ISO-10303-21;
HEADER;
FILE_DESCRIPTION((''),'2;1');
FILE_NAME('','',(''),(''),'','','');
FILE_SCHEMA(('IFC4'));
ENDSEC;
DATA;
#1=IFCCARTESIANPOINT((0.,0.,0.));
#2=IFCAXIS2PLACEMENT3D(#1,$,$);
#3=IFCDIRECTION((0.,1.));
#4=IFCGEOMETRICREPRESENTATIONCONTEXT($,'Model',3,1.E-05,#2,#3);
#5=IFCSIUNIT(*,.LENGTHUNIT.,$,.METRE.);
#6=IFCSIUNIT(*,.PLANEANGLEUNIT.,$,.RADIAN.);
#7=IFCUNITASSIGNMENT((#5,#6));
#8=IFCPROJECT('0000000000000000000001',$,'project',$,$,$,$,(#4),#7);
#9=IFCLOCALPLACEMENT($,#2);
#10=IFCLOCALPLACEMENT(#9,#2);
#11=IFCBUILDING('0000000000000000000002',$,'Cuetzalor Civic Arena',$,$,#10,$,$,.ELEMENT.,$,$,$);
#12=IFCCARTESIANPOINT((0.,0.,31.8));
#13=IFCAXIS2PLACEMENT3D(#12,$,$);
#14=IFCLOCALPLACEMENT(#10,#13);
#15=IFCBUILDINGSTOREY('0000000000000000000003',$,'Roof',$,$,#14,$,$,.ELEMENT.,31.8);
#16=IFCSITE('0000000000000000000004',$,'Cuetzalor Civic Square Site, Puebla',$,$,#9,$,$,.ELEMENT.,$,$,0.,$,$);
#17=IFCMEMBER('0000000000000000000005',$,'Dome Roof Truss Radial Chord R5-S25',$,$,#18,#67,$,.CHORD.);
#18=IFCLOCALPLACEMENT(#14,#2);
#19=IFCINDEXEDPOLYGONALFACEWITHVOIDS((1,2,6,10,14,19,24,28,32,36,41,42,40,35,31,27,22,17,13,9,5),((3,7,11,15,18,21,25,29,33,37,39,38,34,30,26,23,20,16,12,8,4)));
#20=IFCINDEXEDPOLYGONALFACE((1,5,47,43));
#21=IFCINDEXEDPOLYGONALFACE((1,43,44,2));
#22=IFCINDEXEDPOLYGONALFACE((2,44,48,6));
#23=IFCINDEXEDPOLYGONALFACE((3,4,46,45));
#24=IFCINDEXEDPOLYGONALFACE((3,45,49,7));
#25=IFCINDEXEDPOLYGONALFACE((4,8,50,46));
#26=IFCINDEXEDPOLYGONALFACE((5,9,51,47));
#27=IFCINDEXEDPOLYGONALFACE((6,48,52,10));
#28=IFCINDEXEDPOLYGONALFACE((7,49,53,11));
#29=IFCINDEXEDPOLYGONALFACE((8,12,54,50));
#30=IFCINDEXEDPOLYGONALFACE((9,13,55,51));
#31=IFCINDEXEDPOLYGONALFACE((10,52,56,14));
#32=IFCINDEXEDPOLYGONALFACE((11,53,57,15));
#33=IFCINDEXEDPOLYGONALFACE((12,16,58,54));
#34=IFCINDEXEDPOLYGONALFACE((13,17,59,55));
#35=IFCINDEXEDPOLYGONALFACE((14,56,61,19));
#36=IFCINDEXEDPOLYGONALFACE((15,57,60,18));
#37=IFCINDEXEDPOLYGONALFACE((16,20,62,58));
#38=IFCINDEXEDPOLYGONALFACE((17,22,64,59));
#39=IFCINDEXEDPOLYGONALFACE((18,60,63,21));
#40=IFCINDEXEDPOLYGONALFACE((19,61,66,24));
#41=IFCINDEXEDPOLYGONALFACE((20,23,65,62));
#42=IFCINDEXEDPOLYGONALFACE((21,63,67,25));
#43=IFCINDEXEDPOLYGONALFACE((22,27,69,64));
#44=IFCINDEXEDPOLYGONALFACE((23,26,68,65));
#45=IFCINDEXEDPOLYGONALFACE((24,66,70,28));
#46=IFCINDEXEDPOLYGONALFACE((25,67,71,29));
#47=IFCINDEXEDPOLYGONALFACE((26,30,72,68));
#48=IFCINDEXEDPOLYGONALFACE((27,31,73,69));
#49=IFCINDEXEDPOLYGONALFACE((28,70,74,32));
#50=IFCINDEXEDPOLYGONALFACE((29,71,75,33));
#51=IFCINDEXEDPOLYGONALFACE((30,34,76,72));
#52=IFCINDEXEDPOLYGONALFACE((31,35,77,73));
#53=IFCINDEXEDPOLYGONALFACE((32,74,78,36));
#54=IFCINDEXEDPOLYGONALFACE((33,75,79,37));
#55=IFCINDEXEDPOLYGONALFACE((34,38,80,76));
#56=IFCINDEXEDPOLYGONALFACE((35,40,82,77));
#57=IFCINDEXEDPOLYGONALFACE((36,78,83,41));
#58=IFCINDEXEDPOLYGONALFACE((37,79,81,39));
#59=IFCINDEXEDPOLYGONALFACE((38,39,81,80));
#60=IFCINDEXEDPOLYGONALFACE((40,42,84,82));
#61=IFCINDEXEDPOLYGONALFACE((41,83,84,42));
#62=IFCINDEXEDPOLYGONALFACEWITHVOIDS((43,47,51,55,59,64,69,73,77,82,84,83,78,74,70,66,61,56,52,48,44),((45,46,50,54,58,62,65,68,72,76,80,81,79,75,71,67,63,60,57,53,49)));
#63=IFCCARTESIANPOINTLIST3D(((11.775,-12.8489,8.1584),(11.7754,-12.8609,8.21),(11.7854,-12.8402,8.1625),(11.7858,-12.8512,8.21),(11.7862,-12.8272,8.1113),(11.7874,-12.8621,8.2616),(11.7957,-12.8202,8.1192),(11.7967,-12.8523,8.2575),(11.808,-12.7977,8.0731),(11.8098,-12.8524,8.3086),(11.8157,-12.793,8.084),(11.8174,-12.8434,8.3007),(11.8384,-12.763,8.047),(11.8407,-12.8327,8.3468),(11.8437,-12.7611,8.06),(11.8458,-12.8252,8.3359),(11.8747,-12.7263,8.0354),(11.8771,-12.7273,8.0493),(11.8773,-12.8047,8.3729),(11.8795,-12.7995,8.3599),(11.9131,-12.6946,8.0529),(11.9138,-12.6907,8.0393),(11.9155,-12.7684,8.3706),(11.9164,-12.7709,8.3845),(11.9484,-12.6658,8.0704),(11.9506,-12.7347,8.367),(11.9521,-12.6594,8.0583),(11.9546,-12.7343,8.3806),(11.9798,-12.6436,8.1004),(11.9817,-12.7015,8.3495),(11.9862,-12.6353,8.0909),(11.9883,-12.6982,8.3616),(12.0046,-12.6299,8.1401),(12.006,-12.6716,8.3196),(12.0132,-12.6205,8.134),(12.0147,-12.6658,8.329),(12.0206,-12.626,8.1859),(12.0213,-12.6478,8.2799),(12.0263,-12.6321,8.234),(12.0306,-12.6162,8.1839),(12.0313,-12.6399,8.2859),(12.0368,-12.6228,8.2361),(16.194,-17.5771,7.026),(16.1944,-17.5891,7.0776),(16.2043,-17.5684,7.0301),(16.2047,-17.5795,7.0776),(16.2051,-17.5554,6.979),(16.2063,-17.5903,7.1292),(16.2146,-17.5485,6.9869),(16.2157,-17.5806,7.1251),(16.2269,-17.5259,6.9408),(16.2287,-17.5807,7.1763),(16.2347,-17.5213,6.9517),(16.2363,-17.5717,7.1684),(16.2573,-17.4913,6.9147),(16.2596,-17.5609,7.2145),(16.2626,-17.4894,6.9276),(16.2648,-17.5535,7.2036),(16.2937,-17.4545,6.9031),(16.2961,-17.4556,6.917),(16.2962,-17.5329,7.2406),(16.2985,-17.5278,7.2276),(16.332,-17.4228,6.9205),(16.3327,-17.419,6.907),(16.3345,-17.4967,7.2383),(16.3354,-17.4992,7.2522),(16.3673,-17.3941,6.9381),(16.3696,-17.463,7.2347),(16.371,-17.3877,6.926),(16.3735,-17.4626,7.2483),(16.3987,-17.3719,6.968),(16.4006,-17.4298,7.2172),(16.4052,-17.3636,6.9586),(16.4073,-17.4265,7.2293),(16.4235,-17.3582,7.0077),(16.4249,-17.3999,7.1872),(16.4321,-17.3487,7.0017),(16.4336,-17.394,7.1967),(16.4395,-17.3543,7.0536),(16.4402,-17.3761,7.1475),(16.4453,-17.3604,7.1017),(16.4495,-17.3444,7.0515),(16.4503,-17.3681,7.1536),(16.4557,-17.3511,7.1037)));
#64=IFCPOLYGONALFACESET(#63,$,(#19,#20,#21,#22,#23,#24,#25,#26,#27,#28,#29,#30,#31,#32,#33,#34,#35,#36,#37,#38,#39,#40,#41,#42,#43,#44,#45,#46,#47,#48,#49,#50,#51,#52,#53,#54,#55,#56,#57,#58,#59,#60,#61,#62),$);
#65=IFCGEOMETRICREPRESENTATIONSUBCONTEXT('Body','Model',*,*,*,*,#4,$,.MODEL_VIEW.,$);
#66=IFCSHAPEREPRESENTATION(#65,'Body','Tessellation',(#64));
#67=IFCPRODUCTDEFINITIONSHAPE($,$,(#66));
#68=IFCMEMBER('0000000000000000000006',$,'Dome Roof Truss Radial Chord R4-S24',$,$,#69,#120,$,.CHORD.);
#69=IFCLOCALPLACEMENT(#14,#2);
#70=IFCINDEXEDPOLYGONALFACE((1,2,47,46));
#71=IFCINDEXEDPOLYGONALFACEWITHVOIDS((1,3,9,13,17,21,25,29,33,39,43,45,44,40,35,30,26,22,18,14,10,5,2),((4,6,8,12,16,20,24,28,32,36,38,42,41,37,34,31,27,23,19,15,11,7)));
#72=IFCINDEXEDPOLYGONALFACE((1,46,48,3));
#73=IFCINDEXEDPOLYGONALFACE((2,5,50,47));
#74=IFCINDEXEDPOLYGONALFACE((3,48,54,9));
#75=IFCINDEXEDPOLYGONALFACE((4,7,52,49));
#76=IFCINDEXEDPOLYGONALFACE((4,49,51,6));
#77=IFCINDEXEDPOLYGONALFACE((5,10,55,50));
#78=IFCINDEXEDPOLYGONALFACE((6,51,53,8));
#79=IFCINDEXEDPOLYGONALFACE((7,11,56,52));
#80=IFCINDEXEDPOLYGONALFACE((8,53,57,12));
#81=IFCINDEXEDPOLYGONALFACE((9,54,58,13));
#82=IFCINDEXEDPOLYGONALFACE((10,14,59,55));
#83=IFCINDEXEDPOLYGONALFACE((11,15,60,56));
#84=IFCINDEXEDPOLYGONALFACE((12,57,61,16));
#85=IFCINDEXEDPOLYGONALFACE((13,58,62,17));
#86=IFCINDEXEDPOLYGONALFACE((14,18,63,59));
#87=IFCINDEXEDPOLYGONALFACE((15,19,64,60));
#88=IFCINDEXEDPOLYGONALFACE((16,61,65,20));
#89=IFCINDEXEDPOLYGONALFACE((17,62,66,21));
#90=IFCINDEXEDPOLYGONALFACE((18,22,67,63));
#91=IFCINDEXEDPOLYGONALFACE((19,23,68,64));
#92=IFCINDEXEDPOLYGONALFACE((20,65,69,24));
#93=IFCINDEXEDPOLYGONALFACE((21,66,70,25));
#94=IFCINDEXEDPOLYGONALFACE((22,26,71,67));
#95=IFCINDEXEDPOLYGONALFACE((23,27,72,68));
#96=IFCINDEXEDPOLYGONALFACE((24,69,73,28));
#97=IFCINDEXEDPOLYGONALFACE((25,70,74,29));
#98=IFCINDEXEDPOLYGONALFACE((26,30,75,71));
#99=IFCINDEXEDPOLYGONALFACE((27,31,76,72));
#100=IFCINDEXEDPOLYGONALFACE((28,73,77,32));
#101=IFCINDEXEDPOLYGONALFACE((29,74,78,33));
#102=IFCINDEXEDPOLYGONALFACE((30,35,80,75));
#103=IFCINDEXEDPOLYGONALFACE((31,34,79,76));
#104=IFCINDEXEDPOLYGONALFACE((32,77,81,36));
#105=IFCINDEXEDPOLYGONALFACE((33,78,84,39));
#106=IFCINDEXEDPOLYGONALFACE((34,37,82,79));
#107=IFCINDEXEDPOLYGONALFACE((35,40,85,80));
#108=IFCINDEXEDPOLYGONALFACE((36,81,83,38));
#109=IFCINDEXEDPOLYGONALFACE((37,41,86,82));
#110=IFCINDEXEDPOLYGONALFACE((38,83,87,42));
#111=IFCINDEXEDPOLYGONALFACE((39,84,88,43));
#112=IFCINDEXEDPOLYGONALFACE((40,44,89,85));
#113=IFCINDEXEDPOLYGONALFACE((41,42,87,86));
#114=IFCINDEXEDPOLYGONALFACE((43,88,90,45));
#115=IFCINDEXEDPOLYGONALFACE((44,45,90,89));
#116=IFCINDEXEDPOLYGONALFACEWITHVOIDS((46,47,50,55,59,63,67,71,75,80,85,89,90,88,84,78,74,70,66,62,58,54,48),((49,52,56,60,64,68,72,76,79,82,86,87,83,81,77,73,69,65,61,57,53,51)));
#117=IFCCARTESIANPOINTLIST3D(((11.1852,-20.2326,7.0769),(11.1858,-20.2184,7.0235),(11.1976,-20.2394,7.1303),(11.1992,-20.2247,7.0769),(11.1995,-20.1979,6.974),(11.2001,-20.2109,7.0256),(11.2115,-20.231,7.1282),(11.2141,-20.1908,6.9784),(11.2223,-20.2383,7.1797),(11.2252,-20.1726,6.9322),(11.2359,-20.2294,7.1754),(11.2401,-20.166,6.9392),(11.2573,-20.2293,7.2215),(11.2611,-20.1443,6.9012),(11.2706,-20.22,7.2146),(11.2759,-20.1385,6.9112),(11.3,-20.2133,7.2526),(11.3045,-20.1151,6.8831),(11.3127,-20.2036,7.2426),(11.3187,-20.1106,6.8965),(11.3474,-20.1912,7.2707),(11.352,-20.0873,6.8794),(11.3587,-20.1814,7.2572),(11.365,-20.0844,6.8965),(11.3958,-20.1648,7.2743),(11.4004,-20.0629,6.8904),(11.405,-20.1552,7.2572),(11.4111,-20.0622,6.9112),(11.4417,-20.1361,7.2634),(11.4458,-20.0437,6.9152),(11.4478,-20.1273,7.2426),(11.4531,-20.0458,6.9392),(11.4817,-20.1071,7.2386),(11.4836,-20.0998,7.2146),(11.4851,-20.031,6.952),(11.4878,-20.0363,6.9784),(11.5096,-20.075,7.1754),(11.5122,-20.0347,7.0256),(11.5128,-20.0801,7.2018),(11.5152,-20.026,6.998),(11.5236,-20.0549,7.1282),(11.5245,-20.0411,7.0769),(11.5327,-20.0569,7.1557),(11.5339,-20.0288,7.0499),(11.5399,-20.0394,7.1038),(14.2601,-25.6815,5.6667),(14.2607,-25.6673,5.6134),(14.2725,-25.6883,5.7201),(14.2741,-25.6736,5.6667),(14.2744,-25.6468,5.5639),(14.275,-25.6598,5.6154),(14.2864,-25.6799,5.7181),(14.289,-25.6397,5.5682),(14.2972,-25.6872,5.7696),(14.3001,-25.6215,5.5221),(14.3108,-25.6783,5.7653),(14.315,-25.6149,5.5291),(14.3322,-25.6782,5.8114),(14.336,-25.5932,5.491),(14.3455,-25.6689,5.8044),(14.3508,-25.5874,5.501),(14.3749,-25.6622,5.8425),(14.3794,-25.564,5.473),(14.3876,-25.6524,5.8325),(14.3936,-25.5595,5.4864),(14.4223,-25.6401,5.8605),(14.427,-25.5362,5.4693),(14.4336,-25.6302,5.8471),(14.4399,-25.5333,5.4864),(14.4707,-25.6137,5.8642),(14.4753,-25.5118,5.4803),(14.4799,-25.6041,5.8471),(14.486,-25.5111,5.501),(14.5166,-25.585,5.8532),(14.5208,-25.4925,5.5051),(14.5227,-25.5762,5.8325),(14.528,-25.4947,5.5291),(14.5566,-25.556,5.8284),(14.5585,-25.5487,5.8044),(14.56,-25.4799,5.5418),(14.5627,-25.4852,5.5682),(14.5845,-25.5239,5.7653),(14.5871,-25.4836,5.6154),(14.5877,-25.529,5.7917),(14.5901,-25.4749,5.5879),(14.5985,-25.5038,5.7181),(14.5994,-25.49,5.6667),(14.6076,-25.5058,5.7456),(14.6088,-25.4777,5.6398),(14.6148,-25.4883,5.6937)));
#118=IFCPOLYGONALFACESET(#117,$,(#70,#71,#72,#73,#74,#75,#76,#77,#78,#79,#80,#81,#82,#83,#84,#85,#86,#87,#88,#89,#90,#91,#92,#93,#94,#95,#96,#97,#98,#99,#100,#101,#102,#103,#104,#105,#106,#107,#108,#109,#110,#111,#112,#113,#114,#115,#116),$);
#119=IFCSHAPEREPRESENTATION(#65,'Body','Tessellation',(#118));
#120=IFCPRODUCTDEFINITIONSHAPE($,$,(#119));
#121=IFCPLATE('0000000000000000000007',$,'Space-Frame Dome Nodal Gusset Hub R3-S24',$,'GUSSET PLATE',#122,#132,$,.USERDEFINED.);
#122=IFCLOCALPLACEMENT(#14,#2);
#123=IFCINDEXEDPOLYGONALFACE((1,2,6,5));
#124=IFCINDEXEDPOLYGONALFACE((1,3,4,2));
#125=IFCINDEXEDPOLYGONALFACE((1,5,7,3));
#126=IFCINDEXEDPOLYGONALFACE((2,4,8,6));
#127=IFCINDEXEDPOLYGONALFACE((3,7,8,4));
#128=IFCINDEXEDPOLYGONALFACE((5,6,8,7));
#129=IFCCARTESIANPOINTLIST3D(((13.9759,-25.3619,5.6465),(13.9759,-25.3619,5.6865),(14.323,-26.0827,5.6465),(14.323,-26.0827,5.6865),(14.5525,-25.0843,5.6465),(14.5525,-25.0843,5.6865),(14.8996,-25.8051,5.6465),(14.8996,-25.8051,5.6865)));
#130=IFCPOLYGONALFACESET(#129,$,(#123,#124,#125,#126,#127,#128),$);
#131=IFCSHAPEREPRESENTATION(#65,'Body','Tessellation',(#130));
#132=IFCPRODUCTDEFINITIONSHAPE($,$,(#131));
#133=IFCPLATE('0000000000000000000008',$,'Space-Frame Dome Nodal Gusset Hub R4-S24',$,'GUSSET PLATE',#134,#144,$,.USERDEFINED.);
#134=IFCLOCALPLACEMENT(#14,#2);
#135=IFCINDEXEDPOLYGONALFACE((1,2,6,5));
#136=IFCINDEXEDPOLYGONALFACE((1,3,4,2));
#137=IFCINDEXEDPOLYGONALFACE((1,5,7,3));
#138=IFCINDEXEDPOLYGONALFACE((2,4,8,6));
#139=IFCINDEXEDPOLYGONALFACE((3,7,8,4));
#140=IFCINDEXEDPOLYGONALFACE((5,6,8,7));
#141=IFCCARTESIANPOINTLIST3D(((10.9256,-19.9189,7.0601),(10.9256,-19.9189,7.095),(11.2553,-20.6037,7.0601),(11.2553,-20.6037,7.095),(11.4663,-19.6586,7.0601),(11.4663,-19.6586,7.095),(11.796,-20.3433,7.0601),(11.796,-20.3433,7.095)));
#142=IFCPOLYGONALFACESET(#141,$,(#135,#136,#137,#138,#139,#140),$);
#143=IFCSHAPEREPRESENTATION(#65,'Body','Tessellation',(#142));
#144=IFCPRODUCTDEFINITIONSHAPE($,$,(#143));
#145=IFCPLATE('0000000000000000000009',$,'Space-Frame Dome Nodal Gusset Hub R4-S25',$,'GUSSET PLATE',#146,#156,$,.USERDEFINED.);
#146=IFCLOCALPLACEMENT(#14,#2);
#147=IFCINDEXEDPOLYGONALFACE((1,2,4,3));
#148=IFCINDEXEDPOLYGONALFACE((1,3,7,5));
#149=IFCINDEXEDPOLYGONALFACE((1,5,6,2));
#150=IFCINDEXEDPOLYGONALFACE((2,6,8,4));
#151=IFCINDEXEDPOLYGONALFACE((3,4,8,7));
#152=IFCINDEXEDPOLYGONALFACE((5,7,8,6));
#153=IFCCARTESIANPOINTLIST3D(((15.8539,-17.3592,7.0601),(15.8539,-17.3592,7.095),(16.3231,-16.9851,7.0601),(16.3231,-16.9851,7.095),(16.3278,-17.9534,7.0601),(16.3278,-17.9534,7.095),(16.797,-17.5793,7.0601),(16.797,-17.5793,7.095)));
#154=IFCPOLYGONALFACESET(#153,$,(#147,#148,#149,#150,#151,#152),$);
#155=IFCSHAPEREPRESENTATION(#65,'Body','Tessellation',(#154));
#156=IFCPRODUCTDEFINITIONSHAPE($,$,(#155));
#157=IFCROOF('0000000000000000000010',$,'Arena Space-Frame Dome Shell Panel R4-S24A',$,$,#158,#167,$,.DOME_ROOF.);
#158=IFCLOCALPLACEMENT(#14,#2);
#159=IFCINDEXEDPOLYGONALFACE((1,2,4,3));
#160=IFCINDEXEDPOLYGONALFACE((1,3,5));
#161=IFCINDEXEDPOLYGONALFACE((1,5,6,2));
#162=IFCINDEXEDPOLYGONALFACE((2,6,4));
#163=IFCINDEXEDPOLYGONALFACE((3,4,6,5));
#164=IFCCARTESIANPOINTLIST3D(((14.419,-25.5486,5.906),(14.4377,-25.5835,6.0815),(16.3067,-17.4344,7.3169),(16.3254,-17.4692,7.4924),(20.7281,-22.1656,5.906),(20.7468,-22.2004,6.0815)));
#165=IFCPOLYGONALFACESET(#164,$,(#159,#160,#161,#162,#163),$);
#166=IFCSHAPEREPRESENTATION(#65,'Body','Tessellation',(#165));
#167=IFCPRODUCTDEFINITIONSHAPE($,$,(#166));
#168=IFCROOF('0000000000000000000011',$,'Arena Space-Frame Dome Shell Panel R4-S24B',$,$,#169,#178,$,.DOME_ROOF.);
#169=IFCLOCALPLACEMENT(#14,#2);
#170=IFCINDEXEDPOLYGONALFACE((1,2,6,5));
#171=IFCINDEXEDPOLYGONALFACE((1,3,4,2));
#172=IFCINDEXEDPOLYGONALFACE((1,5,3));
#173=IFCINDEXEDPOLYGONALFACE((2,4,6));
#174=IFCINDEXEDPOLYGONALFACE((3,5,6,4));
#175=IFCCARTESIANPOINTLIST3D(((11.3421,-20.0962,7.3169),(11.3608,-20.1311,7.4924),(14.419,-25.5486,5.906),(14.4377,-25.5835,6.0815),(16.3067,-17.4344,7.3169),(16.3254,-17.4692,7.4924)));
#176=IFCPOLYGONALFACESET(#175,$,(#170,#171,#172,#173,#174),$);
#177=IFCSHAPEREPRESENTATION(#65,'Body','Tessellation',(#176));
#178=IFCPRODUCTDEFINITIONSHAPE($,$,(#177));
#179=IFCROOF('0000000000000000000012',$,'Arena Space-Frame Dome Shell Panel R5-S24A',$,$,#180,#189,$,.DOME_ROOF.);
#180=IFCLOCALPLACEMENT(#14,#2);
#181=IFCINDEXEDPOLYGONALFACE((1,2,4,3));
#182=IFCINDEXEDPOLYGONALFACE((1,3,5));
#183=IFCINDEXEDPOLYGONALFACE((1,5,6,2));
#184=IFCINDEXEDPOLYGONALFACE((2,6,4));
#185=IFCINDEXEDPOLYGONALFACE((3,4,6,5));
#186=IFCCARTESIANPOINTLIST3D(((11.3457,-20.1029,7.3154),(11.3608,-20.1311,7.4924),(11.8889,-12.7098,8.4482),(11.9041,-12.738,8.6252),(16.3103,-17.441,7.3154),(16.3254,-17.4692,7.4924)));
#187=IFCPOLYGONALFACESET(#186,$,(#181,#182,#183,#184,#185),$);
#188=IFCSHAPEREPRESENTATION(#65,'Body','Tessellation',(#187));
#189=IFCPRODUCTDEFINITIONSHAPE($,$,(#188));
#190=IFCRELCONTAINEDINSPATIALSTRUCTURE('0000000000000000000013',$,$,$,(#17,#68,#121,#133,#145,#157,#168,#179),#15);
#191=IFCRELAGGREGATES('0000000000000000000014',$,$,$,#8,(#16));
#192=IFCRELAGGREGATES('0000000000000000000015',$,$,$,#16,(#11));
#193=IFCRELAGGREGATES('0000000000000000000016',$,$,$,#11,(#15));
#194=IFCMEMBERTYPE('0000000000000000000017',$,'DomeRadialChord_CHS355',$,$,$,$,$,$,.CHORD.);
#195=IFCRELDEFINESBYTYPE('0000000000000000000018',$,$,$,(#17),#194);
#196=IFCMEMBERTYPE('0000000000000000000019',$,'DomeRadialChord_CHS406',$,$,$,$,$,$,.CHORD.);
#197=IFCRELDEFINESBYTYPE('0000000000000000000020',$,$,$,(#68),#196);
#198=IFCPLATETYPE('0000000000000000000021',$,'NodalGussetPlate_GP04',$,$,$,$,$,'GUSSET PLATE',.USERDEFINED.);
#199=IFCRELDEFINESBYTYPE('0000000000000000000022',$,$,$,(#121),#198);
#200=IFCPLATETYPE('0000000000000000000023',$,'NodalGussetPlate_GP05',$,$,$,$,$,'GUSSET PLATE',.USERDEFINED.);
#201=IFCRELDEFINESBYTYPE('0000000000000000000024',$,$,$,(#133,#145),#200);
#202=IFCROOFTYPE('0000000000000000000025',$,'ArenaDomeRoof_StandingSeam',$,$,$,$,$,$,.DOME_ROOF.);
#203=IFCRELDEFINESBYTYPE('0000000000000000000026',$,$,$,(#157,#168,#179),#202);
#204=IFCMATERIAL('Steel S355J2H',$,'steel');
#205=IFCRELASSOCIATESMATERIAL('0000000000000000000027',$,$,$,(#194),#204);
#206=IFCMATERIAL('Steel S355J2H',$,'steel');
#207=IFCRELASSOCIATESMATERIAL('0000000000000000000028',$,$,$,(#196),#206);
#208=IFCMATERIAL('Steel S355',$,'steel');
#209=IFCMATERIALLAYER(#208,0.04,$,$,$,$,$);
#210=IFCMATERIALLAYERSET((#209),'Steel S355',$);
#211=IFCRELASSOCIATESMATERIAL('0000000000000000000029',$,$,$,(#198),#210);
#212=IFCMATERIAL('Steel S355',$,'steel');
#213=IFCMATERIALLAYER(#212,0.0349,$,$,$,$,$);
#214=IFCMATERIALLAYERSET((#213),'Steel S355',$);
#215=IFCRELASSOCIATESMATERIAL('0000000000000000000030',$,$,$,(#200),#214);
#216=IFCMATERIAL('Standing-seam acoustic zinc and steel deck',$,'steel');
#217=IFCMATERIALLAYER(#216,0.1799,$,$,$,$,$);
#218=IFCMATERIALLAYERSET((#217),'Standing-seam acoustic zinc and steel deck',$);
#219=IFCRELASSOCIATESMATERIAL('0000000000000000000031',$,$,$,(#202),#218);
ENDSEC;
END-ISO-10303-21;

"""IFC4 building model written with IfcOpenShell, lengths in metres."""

from ifc_helpers import new_model, si_unit, direction, frame, origin, origin_2d, place, context, subcontext, project, spatial, polyline, rectangle, hollow_circle, outline, extrude, material, layer, layer_set, material_profile, profile_set, type_object, element, save


model = new_model("IFC4")

# Units and contexts
model_context = context("Model", 3, precision=1e-05, world=origin(), true_north=direction((0.0, 1.0)))
body_context = subcontext(model_context, "Body", "Model", "MODEL_VIEW")
ifc_project = project(units=[si_unit("LENGTHUNIT", "METRE"), si_unit("PLANEANGLEUNIT", "RADIAN")], contexts=[model_context])

# Site, building, storey
site_placement = place(None, origin())
site = spatial("IfcSite", under=ifc_project, at=site_placement, Name="Cuetzalor Civic Square Site, Puebla", CompositionType="ELEMENT", RefElevation=0.0)
building_placement = place(site_placement, origin())
building = spatial("IfcBuilding", under=site, at=building_placement, Name="Cuetzalor Civic Arena", CompositionType="ELEMENT")
storey_placement = place(building_placement, frame((0.0, 0.0, 31.8)))
storey = spatial("IfcBuildingStorey", under=building, at=storey_placement, Name="Roof", CompositionType="ELEMENT", Elevation=31.8)

# Members
ifc_material_1 = material(Name="Steel S355J2H", Category="steel")
ifc_material_profile_1 = material_profile(ifc_material_1, hollow_circle(Radius=0.1777, WallThickness=0.0142, at=origin_2d()), Name="CHS 355.6x14.2")
ifc_profile_set_1 = profile_set([ifc_material_profile_1], Name="Steel S355J2H")
member_type_1 = type_object("IfcMemberType", Name="DomeRadialChord_CHS355", PredefinedType="CHORD", material=ifc_profile_set_1)
member_1_placement = place(storey_placement, frame((16.3242, -17.4678, 7.0776), z_axis=(-0.672588, 0.719669, 0.172346), x_axis=(-0.730601, -0.682805, 0.0)))
element("IfcMember", 1, at=member_1_placement, inside=storey, type_object=member_type_1, Name="Dome Roof Truss Radial Chord R5-S25", PredefinedType="CHORD", context=body_context, shape_type="SweptSolid", body=[
    extrude(hollow_circle(Radius=0.1777, WallThickness=0.0142, at=origin_2d()), origin(), (0.0, 0.0, 1.0), 6.5701),
])
ifc_material_2 = material(Name="Steel S355J2H", Category="steel")
ifc_material_profile_2 = material_profile(ifc_material_2, hollow_circle(Radius=0.2029, WallThickness=0.0161, at=origin_2d()), Name="CHS 406x16")
ifc_profile_set_2 = profile_set([ifc_material_profile_2], Name="Steel S355J2H")
member_type_2 = type_object("IfcMemberType", Name="DomeRadialChord_CHS406", PredefinedType="CHORD", material=ifc_profile_set_2)
member_2_placement = place(storey_placement, frame((14.4368, -25.5818, 5.6667), z_axis=(-0.479437, 0.849587, 0.219867), x_axis=(-0.870898, -0.491463, 0.0)))
element("IfcMember", 2, at=member_2_placement, inside=storey, type_object=member_type_2, Name="Dome Roof Truss Radial Chord R4-S24", PredefinedType="CHORD", context=body_context, shape_type="SweptSolid", body=[
    extrude(hollow_circle(Radius=0.2029, WallThickness=0.0161, at=origin_2d()), origin(), (0.0, 0.0, 1.0), 6.4136),
])

# Plates
ifc_material_3 = material(Name="Steel S355", Category="steel")
ifc_layer_1 = layer(ifc_material_3, 0.04)
ifc_layer_set_1 = layer_set([ifc_layer_1], Name="Steel S355")
plate_type_1 = type_object("IfcPlateType", Name="NodalGussetPlate_GP04", ElementType="GUSSET PLATE", PredefinedType="USERDEFINED", material=ifc_layer_set_1)
plate_placement = place(storey_placement, frame((14.4377, -25.5835, 5.6465), z_axis=(0.0, 0.0, 1.0), x_axis=(0.433816, -0.901001, 0.0)))
element("IfcPlate", 3, at=plate_placement, inside=storey, type_object=plate_type_1, Name="Space-Frame Dome Nodal Gusset Hub R3-S24", ObjectType="GUSSET PLATE", PredefinedType="USERDEFINED", context=body_context, shape_type="SweptSolid", body=[
    extrude(rectangle(XDim=0.8, YDim=0.6399, at=origin_2d()), origin(), (0.0, 0.0, 1.0), 0.04),
])
ifc_material_4 = material(Name="Steel S355", Category="steel")
ifc_layer_2 = layer(ifc_material_4, 0.0349)
ifc_layer_set_2 = layer_set([ifc_layer_2], Name="Steel S355")
plate_type_2 = type_object("IfcPlateType", Name="NodalGussetPlate_GP05", ElementType="GUSSET PLATE", PredefinedType="USERDEFINED", material=ifc_layer_set_2)
for number, where, z_axis, x_axis, name in (
    (4, (11.3608, -20.1311, 7.0601), (0.0, 0.0, 1.0), (0.433816, -0.901001, 0.0), "Space-Frame Dome Nodal Gusset Hub R4-S24"),
    (5, (16.3254, -17.4692, 7.0601), (0.0, 0.0, 1.0), (0.62347, -0.781847, 0.0), "Space-Frame Dome Nodal Gusset Hub R4-S25"),
):
    element("IfcPlate", number, at=place(storey_placement, frame(where, z_axis=z_axis, x_axis=x_axis)), inside=storey, type_object=plate_type_2, Name=name, ObjectType="GUSSET PLATE", PredefinedType="USERDEFINED", context=body_context, shape_type="SweptSolid", body=[
        extrude(rectangle(XDim=0.76, YDim=0.6001, at=origin_2d()), origin(), (0.0, 0.0, 1.0), 0.0349),
    ])

# Roofs
ifc_material_5 = material(Name="Standing-seam acoustic zinc and steel deck", Category="steel")
ifc_layer_3 = layer(ifc_material_5, 0.1799)
ifc_layer_set_3 = layer_set([ifc_layer_3], Name="Standing-seam acoustic zinc and steel deck")
roof_type = type_object("IfcRoofType", Name="ArenaDomeRoof_StandingSeam", PredefinedType="DOME_ROOF", material=ifc_layer_set_3)
roof_1_placement = place(storey_placement, frame((14.4377, -25.5835, 6.0815), z_axis=(0.103918, -0.193797, 0.975522), x_axis=(0.881294, 0.472568, 0.0)))
element("IfcRoof", 6, at=roof_1_placement, inside=storey, type_object=roof_type, Name="Arena Space-Frame Dome Shell Panel R4-S24A", PredefinedType="DOME_ROOF", context=body_context, shape_type="SweptSolid", body=[
    extrude(outline(polyline([(0.0, 0.0), (7.1589, 0.0), (5.4982, 6.416), (0.0, 0.0)])), origin(), (0.0, 0.0, -1.0), 0.1799),
])
roof_2_placement = place(storey_placement, frame((14.4377, -25.5835, 6.0815), z_axis=(0.103907, -0.193795, 0.975524), x_axis=(0.223407, 0.960316, 0.166978)))
element("IfcRoof", 7, at=roof_2_placement, inside=storey, type_object=roof_type, Name="Arena Space-Frame Dome Shell Panel R4-S24B", PredefinedType="DOME_ROOF", context=body_context, shape_type="SweptSolid", body=[
    extrude(outline(polyline([(0.0, 0.0), (8.4496, 0.0), (4.7842, 4.2776), (0.0, 0.0)])), origin(), (0.0, 0.0, -1.0), 0.1799),
])
roof_3_placement = place(storey_placement, frame((11.3608, -20.1311, 7.4924), z_axis=(0.084157, -0.15696, 0.984013), x_axis=(0.881313, 0.472533, 0.0)))
element("IfcRoof", 8, at=roof_3_placement, inside=storey, type_object=roof_type, Name="Arena Space-Frame Dome Shell Panel R5-S24A", PredefinedType="DOME_ROOF", context=body_context, shape_type="SweptSolid", body=[
    extrude(outline(polyline([(0.0, 0.0), (5.6332, 0.0), (3.9722, 6.3606), (0.0, 0.0)])), origin(), (0.0, 0.0, -1.0), 0.1799),
])

save(model, "model.ifc")
